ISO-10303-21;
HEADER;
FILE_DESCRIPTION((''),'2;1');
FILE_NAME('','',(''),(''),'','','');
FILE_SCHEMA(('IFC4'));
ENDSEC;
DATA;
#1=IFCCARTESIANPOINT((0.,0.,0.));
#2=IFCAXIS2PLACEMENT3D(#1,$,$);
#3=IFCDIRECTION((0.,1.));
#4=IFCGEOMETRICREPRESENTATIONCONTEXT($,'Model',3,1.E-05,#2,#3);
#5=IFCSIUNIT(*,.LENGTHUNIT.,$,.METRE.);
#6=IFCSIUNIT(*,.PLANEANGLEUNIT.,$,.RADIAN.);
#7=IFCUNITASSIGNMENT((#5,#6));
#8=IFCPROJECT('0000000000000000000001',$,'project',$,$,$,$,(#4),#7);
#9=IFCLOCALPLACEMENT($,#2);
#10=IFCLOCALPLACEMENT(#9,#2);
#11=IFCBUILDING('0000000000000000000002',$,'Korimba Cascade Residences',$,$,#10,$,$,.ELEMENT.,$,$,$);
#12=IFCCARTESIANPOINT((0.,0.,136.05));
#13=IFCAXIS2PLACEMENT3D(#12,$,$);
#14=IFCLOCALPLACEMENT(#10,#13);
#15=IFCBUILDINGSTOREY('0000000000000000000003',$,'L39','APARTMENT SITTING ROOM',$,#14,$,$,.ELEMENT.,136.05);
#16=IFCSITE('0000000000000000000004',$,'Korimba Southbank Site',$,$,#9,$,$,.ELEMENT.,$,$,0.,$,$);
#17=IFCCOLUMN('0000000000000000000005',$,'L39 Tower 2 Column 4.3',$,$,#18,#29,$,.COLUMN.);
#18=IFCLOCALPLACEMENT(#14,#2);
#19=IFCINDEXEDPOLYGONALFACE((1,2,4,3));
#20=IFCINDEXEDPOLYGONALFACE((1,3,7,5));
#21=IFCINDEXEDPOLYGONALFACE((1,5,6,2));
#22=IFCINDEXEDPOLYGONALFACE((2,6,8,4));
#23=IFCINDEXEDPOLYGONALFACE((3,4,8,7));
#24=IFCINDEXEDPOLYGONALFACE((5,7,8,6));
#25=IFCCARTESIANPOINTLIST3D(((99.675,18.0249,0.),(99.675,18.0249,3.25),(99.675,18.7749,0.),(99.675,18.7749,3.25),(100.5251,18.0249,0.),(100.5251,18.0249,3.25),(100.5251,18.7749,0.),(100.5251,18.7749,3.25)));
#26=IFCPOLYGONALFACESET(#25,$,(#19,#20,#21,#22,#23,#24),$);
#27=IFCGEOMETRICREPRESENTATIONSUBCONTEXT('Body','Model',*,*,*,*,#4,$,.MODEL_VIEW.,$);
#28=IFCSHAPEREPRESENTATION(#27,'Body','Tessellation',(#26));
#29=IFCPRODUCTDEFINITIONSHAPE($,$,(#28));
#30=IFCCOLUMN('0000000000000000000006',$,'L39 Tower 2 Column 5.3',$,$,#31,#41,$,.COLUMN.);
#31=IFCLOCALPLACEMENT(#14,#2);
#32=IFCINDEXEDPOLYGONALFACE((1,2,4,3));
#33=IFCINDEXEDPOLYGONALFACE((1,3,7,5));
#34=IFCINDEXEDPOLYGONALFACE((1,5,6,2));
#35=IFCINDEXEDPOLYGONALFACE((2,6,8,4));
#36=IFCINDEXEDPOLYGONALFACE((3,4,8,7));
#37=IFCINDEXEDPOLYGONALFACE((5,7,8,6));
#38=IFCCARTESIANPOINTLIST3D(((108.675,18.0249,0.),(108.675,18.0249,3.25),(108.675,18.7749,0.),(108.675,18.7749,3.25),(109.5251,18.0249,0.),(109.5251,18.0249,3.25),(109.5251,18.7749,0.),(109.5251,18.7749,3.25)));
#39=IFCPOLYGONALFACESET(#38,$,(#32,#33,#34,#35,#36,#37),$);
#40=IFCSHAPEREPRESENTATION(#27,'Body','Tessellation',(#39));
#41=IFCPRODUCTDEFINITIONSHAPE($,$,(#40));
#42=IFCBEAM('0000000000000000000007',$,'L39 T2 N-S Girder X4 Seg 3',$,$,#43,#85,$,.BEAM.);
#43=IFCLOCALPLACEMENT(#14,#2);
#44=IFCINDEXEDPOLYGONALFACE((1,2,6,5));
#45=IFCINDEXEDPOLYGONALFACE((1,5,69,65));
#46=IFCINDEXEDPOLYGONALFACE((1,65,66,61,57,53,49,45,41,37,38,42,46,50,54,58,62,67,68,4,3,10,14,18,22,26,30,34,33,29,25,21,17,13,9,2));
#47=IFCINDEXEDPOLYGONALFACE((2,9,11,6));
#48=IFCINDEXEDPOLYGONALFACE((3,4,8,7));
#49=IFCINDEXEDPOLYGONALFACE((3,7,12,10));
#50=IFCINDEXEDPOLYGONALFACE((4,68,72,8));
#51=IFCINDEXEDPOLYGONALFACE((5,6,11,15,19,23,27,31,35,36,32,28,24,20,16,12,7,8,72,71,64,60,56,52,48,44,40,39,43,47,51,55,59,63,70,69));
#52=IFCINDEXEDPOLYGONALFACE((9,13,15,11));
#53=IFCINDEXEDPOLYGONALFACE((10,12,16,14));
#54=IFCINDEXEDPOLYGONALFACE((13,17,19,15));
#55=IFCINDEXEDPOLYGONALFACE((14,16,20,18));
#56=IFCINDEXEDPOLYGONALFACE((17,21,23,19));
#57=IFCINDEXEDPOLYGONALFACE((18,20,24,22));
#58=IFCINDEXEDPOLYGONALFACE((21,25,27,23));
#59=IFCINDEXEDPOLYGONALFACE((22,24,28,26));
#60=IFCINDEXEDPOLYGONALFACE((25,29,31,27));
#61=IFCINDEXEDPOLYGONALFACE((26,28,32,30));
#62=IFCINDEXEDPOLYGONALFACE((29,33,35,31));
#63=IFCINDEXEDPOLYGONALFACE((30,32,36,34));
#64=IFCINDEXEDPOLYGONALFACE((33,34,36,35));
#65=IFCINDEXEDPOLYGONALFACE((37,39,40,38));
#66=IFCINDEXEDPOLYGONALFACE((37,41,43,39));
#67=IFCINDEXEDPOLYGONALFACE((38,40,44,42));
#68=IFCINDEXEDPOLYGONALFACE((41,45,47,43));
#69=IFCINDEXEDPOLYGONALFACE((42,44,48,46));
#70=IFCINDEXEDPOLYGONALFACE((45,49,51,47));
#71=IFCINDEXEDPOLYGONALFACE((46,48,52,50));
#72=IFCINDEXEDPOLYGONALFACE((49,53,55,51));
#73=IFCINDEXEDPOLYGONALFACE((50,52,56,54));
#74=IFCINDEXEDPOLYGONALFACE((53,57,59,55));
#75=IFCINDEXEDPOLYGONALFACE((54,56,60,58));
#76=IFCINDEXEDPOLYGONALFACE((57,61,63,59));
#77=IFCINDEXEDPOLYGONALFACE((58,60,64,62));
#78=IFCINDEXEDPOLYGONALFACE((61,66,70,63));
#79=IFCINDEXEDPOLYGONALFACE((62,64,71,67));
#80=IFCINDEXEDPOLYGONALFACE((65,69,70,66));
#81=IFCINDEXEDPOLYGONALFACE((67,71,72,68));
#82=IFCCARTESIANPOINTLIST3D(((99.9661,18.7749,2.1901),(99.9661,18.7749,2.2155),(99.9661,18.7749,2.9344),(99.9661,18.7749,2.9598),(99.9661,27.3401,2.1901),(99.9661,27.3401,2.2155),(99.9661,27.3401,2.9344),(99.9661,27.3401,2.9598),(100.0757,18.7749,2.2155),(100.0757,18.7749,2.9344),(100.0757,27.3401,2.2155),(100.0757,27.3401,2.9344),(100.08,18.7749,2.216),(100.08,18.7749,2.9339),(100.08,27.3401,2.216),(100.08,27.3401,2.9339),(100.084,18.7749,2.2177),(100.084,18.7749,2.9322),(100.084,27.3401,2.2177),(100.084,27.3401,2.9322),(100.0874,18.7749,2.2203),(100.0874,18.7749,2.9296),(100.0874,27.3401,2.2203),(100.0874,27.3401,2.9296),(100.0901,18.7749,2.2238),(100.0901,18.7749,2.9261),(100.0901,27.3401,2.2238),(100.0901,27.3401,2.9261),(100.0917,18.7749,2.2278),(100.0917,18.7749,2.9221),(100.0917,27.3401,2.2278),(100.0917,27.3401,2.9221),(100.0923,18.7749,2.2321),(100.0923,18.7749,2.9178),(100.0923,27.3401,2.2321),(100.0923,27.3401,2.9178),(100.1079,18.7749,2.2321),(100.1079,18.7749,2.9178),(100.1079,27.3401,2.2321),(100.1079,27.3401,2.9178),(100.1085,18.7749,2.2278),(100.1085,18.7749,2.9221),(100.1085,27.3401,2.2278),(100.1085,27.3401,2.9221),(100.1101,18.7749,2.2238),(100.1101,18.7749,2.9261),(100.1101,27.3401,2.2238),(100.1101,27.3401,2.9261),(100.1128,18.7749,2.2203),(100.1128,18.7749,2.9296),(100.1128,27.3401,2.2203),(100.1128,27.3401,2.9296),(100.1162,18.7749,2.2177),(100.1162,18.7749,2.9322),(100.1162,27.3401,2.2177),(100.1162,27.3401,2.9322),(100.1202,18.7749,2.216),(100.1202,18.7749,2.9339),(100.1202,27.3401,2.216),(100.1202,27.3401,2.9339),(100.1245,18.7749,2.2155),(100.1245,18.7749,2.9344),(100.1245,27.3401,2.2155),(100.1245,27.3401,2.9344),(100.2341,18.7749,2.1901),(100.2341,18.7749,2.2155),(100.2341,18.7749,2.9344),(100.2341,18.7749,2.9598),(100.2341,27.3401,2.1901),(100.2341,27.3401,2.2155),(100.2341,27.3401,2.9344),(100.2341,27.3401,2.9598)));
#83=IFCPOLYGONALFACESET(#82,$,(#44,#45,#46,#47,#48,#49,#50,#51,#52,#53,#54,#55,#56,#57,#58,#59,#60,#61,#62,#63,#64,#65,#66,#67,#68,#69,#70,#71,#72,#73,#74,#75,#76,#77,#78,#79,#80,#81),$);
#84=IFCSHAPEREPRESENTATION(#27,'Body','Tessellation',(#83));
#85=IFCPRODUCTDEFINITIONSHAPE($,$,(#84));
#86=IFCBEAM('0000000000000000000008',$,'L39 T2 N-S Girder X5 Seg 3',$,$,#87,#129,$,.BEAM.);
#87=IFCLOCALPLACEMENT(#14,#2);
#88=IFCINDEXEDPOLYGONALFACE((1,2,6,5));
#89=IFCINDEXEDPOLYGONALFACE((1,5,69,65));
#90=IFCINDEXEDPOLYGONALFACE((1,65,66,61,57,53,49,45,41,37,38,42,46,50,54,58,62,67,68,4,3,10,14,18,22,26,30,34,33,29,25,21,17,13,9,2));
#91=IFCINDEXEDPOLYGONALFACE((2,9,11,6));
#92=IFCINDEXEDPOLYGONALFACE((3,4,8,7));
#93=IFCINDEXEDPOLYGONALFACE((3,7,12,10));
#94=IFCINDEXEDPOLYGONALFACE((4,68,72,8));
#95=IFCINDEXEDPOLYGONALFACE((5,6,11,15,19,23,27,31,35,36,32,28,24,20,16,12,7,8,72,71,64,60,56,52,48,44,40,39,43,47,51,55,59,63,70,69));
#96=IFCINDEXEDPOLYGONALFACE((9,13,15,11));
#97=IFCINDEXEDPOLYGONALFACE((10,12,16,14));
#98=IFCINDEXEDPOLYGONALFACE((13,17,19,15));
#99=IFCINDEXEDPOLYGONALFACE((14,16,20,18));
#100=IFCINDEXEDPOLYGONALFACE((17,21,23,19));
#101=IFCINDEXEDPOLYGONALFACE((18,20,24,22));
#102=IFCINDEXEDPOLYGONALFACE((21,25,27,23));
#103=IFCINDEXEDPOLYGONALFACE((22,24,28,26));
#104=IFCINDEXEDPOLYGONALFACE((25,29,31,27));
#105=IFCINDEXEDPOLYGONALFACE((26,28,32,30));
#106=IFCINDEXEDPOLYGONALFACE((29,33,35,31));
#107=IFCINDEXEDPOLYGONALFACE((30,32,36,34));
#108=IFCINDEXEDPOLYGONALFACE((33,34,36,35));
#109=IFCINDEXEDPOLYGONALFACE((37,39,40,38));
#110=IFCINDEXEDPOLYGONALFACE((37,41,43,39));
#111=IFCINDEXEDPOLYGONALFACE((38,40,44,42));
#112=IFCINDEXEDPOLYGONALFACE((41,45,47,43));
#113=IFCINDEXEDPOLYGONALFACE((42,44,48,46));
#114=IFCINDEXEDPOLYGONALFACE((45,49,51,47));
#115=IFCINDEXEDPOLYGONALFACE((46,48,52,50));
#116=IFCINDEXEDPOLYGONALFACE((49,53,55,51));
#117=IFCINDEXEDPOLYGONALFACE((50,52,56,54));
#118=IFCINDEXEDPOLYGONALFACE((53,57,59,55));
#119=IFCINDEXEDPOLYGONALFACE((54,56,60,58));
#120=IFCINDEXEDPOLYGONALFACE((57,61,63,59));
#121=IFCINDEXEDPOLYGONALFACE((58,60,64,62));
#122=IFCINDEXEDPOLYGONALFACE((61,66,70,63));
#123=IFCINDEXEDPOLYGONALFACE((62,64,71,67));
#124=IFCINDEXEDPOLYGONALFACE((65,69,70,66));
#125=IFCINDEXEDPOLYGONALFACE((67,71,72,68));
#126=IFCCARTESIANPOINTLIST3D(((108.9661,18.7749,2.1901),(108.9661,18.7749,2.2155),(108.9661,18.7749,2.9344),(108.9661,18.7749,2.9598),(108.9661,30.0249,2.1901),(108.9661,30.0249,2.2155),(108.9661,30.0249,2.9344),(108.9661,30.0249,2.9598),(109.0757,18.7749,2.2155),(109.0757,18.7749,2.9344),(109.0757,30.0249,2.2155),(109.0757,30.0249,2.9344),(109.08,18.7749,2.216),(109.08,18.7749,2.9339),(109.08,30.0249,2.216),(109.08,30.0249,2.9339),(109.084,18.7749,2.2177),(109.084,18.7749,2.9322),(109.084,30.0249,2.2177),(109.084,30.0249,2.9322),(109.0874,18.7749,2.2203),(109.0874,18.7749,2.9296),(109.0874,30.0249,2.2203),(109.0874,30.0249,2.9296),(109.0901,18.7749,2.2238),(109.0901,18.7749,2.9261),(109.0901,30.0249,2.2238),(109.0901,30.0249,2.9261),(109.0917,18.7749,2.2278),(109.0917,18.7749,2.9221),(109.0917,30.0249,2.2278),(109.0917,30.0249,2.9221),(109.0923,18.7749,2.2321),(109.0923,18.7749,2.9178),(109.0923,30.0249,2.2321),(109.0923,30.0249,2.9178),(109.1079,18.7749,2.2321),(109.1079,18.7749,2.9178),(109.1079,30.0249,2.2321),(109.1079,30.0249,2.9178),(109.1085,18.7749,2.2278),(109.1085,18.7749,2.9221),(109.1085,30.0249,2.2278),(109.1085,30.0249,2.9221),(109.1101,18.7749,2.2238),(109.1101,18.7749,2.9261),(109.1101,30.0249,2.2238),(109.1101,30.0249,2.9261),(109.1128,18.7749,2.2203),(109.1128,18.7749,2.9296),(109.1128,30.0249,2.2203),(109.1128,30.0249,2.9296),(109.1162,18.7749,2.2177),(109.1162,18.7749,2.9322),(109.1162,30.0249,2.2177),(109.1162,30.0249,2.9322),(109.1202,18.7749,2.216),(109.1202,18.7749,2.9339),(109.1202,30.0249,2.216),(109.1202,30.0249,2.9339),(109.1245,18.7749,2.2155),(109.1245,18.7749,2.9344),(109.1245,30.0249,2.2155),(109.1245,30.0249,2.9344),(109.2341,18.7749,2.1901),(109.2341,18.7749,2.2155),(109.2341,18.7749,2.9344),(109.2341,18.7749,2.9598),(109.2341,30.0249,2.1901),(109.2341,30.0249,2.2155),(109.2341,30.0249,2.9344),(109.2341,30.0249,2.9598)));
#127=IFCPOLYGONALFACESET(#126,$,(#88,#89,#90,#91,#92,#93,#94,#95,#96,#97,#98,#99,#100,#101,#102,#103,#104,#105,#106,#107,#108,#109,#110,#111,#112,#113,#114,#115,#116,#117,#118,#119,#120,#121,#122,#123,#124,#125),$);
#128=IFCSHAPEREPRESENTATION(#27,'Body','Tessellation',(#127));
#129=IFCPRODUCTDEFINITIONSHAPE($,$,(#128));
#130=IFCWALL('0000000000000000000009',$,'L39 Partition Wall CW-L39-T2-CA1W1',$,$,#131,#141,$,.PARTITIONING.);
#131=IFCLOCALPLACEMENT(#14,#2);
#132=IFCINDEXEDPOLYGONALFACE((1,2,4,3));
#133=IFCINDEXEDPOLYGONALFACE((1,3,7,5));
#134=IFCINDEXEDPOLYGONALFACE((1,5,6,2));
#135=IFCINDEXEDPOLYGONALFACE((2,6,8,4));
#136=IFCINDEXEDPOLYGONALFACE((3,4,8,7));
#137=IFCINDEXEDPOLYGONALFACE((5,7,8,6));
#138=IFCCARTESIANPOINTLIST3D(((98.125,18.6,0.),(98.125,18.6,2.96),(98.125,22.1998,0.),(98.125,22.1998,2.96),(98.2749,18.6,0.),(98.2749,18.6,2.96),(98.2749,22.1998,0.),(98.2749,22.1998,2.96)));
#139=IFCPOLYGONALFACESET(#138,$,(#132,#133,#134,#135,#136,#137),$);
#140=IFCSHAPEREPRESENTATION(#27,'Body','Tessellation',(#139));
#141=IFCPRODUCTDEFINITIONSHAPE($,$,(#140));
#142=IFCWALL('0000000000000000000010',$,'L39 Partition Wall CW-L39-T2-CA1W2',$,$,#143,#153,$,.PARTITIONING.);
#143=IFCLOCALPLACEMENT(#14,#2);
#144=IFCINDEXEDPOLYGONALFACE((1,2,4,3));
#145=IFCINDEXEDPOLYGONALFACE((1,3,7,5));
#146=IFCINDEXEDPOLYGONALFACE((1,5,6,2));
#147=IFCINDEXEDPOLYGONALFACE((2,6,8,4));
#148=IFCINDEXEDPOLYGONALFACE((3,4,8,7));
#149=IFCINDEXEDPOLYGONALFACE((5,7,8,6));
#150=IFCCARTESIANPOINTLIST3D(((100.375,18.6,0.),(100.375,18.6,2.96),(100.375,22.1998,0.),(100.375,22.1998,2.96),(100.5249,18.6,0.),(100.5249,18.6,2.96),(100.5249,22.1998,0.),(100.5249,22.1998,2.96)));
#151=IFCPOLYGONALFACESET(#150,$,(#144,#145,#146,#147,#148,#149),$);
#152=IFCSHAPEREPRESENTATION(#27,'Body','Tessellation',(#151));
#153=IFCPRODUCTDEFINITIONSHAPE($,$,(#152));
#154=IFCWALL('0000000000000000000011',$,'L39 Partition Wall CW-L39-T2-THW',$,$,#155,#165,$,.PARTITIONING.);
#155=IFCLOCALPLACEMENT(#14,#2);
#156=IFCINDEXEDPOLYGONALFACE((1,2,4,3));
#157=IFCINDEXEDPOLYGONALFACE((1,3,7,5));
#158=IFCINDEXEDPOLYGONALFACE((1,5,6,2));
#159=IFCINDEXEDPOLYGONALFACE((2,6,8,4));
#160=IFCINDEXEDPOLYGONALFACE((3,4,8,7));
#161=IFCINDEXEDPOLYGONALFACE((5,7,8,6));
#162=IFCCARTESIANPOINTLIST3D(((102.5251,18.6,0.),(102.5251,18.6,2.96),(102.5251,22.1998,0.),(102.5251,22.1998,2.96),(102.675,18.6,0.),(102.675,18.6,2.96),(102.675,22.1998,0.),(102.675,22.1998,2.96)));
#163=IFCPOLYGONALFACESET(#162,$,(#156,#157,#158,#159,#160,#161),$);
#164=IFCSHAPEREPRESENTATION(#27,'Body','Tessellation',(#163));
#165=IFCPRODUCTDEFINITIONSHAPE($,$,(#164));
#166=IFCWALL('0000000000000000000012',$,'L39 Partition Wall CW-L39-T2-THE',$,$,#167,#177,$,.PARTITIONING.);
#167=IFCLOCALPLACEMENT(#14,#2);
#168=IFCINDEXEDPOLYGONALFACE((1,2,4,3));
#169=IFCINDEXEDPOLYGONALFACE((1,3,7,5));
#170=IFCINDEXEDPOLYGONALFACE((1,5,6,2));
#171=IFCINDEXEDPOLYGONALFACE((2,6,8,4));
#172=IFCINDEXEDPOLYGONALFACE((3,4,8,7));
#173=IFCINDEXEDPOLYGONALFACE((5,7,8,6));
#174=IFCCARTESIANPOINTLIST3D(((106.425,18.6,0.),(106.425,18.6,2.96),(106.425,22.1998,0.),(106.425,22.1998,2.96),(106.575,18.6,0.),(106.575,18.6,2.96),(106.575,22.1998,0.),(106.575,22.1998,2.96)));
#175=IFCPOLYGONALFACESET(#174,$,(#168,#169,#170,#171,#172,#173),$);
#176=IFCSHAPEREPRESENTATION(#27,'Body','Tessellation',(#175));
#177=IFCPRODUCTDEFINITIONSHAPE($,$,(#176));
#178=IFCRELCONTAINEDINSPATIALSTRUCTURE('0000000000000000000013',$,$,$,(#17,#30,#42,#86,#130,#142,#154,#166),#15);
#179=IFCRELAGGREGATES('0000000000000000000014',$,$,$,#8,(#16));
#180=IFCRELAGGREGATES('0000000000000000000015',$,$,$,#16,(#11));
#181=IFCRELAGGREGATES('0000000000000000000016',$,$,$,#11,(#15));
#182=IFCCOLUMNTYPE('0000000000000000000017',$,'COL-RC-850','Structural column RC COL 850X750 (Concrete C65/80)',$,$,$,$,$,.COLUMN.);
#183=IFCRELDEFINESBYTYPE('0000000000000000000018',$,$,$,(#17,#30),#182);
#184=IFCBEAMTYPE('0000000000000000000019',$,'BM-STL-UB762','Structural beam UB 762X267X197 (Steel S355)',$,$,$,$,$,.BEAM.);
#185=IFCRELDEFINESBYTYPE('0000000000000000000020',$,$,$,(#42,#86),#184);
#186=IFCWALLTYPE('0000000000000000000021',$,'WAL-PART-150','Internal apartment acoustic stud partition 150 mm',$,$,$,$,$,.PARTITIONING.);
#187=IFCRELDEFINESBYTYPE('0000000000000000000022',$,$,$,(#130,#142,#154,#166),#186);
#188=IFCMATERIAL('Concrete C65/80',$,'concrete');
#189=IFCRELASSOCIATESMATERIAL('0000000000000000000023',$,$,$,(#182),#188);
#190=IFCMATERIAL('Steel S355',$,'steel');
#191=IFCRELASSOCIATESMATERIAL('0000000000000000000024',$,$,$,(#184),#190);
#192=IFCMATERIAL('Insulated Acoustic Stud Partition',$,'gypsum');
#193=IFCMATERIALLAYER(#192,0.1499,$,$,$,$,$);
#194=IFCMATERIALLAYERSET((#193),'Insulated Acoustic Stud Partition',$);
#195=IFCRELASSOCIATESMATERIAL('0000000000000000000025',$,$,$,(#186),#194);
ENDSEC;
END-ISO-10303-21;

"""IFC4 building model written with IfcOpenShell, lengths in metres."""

from ifc_helpers import new_model, si_unit, direction, frame, frame_2d, origin, origin_2d, place, context, subcontext, project, spatial, rectangle, i_section, extrude, material, layer, layer_set, material_profile, profile_set, type_object, element, save


model = new_model("IFC4")

# Units and contexts
model_context = context("Model", 3, precision=1e-05, world=origin(), true_north=direction((0.0, 1.0)))
body_context = subcontext(model_context, "Body", "Model", "MODEL_VIEW")
ifc_project = project(units=[si_unit("LENGTHUNIT", "METRE"), si_unit("PLANEANGLEUNIT", "RADIAN")], contexts=[model_context])

# Site, building, storey
site_placement = place(None, origin())
site = spatial("IfcSite", under=ifc_project, at=site_placement, Name="Korimba Southbank Site", CompositionType="ELEMENT", RefElevation=0.0)
building_placement = place(site_placement, origin())
building = spatial("IfcBuilding", under=site, at=building_placement, Name="Korimba Cascade Residences", CompositionType="ELEMENT")
storey_placement = place(building_placement, frame((0.0, 0.0, 136.05)))
storey = spatial("IfcBuildingStorey", under=building, at=storey_placement, Name="L39", Description="APARTMENT SITTING ROOM", CompositionType="ELEMENT", Elevation=136.05)

# Columns
ifc_material_1 = material(Name="Concrete C65/80", Category="concrete")
ifc_material_profile_1 = material_profile(ifc_material_1, rectangle(XDim=0.8501, YDim=0.75, at=origin_2d()), Name="Concrete C65/80")
ifc_profile_set_1 = profile_set([ifc_material_profile_1], Name="Concrete C65/80")
column_type = type_object("IfcColumnType", Name="COL-RC-850", Description="Structural column RC COL 850X750 (Concrete C65/80)", PredefinedType="COLUMN", material=ifc_profile_set_1)
for number, where, z_axis, x_axis, name in (
    (1, (100.1001, 18.3999, 0.0), (0.0, 0.0, 1.0), (1.0, 0.0, 0.0), "L39 Tower 2 Column 4.3"),
    (2, (109.1001, 18.3999, 0.0), (0.0, 0.0, 1.0), (1.0, 0.0, 0.0), "L39 Tower 2 Column 5.3"),
):
    element("IfcColumn", number, at=place(storey_placement, frame(where, z_axis=z_axis, x_axis=x_axis)), inside=storey, type_object=column_type, Name=name, PredefinedType="COLUMN", context=body_context, shape_type="SweptSolid", body=[
        extrude(rectangle(XDim=0.8501, YDim=0.75, at=origin_2d()), origin(), (0.0, 0.0, 1.0), 3.25),
    ])

# Beams
ifc_material_2 = material(Name="Steel S355", Category="steel")
ifc_material_profile_2 = material_profile(ifc_material_2, i_section(OverallWidth=0.2681, OverallDepth=0.7698, WebThickness=0.0156, FlangeThickness=0.0254, FilletRadius=0.0166, at=origin_2d()), Name="Steel S355")
ifc_profile_set_2 = profile_set([ifc_material_profile_2], Name="Steel S355")
beam_type = type_object("IfcBeamType", Name="BM-STL-UB762", Description="Structural beam UB 762X267X197 (Steel S355)", PredefinedType="BEAM", material=ifc_profile_set_2)
beam_1_placement = place(storey_placement, frame((100.1001, 18.7749, 2.575), z_axis=(0.0, 1.0, 0.0), x_axis=(-1.0, 0.0, 0.0)))
element("IfcBeam", 3, at=beam_1_placement, inside=storey, type_object=beam_type, Name="L39 T2 N-S Girder X4 Seg 3", PredefinedType="BEAM", context=body_context, shape_type="SweptSolid", body=[
    extrude(i_section(OverallWidth=0.2681, OverallDepth=0.7698, WebThickness=0.0156, FlangeThickness=0.0254, FilletRadius=0.0166, at=origin_2d()), origin(), (0.0, 0.0, 1.0), 8.5652),
])
beam_2_placement = place(storey_placement, frame((109.1001, 18.7749, 2.575), z_axis=(0.0, 1.0, 0.0), x_axis=(-1.0, 0.0, 0.0)))
element("IfcBeam", 4, at=beam_2_placement, inside=storey, type_object=beam_type, Name="L39 T2 N-S Girder X5 Seg 3", PredefinedType="BEAM", context=body_context, shape_type="SweptSolid", body=[
    extrude(i_section(OverallWidth=0.2681, OverallDepth=0.7698, WebThickness=0.0156, FlangeThickness=0.0254, FilletRadius=0.0166, at=origin_2d()), origin(), (0.0, 0.0, 1.0), 11.25),
])

# Walls
ifc_material_3 = material(Name="Insulated Acoustic Stud Partition", Category="gypsum")
ifc_layer_1 = layer(ifc_material_3, 0.1499)
ifc_layer_set_1 = layer_set([ifc_layer_1], Name="Insulated Acoustic Stud Partition")
wall_type_1 = type_object("IfcWallType", Name="WAL-PART-150", Description="Internal apartment acoustic stud partition 150 mm", PredefinedType="PARTITIONING", material=ifc_layer_set_1)
for number, where, z_axis, x_axis, name in (
    (5, (98.2, 18.6001, 0.0), (0.0, 0.0, 1.0), (0.0, 1.0, 0.0), "L39 Partition Wall CW-L39-T2-CA1W1"),
    (6, (100.45, 18.6001, 0.0), (0.0, 0.0, 1.0), (0.0, 1.0, 0.0), "L39 Partition Wall CW-L39-T2-CA1W2"),
    (7, (102.6001, 18.6001, 0.0), (0.0, 0.0, 1.0), (0.0, 1.0, 0.0), "L39 Partition Wall CW-L39-T2-THW"),
    (8, (106.5, 18.6001, 0.0), (0.0, 0.0, 1.0), (0.0, 1.0, 0.0), "L39 Partition Wall CW-L39-T2-THE"),
):
    element("IfcWall", number, at=place(storey_placement, frame(where, z_axis=z_axis, x_axis=x_axis)), inside=storey, type_object=wall_type_1, Name=name, PredefinedType="PARTITIONING", context=body_context, shape_type="SweptSolid", body=[
        extrude(rectangle(XDim=3.5999, YDim=0.1499, at=frame_2d((1.7998, 0.0))), origin(), (0.0, 0.0, 1.0), 2.96),
    ])

save(model, "model.ifc")
